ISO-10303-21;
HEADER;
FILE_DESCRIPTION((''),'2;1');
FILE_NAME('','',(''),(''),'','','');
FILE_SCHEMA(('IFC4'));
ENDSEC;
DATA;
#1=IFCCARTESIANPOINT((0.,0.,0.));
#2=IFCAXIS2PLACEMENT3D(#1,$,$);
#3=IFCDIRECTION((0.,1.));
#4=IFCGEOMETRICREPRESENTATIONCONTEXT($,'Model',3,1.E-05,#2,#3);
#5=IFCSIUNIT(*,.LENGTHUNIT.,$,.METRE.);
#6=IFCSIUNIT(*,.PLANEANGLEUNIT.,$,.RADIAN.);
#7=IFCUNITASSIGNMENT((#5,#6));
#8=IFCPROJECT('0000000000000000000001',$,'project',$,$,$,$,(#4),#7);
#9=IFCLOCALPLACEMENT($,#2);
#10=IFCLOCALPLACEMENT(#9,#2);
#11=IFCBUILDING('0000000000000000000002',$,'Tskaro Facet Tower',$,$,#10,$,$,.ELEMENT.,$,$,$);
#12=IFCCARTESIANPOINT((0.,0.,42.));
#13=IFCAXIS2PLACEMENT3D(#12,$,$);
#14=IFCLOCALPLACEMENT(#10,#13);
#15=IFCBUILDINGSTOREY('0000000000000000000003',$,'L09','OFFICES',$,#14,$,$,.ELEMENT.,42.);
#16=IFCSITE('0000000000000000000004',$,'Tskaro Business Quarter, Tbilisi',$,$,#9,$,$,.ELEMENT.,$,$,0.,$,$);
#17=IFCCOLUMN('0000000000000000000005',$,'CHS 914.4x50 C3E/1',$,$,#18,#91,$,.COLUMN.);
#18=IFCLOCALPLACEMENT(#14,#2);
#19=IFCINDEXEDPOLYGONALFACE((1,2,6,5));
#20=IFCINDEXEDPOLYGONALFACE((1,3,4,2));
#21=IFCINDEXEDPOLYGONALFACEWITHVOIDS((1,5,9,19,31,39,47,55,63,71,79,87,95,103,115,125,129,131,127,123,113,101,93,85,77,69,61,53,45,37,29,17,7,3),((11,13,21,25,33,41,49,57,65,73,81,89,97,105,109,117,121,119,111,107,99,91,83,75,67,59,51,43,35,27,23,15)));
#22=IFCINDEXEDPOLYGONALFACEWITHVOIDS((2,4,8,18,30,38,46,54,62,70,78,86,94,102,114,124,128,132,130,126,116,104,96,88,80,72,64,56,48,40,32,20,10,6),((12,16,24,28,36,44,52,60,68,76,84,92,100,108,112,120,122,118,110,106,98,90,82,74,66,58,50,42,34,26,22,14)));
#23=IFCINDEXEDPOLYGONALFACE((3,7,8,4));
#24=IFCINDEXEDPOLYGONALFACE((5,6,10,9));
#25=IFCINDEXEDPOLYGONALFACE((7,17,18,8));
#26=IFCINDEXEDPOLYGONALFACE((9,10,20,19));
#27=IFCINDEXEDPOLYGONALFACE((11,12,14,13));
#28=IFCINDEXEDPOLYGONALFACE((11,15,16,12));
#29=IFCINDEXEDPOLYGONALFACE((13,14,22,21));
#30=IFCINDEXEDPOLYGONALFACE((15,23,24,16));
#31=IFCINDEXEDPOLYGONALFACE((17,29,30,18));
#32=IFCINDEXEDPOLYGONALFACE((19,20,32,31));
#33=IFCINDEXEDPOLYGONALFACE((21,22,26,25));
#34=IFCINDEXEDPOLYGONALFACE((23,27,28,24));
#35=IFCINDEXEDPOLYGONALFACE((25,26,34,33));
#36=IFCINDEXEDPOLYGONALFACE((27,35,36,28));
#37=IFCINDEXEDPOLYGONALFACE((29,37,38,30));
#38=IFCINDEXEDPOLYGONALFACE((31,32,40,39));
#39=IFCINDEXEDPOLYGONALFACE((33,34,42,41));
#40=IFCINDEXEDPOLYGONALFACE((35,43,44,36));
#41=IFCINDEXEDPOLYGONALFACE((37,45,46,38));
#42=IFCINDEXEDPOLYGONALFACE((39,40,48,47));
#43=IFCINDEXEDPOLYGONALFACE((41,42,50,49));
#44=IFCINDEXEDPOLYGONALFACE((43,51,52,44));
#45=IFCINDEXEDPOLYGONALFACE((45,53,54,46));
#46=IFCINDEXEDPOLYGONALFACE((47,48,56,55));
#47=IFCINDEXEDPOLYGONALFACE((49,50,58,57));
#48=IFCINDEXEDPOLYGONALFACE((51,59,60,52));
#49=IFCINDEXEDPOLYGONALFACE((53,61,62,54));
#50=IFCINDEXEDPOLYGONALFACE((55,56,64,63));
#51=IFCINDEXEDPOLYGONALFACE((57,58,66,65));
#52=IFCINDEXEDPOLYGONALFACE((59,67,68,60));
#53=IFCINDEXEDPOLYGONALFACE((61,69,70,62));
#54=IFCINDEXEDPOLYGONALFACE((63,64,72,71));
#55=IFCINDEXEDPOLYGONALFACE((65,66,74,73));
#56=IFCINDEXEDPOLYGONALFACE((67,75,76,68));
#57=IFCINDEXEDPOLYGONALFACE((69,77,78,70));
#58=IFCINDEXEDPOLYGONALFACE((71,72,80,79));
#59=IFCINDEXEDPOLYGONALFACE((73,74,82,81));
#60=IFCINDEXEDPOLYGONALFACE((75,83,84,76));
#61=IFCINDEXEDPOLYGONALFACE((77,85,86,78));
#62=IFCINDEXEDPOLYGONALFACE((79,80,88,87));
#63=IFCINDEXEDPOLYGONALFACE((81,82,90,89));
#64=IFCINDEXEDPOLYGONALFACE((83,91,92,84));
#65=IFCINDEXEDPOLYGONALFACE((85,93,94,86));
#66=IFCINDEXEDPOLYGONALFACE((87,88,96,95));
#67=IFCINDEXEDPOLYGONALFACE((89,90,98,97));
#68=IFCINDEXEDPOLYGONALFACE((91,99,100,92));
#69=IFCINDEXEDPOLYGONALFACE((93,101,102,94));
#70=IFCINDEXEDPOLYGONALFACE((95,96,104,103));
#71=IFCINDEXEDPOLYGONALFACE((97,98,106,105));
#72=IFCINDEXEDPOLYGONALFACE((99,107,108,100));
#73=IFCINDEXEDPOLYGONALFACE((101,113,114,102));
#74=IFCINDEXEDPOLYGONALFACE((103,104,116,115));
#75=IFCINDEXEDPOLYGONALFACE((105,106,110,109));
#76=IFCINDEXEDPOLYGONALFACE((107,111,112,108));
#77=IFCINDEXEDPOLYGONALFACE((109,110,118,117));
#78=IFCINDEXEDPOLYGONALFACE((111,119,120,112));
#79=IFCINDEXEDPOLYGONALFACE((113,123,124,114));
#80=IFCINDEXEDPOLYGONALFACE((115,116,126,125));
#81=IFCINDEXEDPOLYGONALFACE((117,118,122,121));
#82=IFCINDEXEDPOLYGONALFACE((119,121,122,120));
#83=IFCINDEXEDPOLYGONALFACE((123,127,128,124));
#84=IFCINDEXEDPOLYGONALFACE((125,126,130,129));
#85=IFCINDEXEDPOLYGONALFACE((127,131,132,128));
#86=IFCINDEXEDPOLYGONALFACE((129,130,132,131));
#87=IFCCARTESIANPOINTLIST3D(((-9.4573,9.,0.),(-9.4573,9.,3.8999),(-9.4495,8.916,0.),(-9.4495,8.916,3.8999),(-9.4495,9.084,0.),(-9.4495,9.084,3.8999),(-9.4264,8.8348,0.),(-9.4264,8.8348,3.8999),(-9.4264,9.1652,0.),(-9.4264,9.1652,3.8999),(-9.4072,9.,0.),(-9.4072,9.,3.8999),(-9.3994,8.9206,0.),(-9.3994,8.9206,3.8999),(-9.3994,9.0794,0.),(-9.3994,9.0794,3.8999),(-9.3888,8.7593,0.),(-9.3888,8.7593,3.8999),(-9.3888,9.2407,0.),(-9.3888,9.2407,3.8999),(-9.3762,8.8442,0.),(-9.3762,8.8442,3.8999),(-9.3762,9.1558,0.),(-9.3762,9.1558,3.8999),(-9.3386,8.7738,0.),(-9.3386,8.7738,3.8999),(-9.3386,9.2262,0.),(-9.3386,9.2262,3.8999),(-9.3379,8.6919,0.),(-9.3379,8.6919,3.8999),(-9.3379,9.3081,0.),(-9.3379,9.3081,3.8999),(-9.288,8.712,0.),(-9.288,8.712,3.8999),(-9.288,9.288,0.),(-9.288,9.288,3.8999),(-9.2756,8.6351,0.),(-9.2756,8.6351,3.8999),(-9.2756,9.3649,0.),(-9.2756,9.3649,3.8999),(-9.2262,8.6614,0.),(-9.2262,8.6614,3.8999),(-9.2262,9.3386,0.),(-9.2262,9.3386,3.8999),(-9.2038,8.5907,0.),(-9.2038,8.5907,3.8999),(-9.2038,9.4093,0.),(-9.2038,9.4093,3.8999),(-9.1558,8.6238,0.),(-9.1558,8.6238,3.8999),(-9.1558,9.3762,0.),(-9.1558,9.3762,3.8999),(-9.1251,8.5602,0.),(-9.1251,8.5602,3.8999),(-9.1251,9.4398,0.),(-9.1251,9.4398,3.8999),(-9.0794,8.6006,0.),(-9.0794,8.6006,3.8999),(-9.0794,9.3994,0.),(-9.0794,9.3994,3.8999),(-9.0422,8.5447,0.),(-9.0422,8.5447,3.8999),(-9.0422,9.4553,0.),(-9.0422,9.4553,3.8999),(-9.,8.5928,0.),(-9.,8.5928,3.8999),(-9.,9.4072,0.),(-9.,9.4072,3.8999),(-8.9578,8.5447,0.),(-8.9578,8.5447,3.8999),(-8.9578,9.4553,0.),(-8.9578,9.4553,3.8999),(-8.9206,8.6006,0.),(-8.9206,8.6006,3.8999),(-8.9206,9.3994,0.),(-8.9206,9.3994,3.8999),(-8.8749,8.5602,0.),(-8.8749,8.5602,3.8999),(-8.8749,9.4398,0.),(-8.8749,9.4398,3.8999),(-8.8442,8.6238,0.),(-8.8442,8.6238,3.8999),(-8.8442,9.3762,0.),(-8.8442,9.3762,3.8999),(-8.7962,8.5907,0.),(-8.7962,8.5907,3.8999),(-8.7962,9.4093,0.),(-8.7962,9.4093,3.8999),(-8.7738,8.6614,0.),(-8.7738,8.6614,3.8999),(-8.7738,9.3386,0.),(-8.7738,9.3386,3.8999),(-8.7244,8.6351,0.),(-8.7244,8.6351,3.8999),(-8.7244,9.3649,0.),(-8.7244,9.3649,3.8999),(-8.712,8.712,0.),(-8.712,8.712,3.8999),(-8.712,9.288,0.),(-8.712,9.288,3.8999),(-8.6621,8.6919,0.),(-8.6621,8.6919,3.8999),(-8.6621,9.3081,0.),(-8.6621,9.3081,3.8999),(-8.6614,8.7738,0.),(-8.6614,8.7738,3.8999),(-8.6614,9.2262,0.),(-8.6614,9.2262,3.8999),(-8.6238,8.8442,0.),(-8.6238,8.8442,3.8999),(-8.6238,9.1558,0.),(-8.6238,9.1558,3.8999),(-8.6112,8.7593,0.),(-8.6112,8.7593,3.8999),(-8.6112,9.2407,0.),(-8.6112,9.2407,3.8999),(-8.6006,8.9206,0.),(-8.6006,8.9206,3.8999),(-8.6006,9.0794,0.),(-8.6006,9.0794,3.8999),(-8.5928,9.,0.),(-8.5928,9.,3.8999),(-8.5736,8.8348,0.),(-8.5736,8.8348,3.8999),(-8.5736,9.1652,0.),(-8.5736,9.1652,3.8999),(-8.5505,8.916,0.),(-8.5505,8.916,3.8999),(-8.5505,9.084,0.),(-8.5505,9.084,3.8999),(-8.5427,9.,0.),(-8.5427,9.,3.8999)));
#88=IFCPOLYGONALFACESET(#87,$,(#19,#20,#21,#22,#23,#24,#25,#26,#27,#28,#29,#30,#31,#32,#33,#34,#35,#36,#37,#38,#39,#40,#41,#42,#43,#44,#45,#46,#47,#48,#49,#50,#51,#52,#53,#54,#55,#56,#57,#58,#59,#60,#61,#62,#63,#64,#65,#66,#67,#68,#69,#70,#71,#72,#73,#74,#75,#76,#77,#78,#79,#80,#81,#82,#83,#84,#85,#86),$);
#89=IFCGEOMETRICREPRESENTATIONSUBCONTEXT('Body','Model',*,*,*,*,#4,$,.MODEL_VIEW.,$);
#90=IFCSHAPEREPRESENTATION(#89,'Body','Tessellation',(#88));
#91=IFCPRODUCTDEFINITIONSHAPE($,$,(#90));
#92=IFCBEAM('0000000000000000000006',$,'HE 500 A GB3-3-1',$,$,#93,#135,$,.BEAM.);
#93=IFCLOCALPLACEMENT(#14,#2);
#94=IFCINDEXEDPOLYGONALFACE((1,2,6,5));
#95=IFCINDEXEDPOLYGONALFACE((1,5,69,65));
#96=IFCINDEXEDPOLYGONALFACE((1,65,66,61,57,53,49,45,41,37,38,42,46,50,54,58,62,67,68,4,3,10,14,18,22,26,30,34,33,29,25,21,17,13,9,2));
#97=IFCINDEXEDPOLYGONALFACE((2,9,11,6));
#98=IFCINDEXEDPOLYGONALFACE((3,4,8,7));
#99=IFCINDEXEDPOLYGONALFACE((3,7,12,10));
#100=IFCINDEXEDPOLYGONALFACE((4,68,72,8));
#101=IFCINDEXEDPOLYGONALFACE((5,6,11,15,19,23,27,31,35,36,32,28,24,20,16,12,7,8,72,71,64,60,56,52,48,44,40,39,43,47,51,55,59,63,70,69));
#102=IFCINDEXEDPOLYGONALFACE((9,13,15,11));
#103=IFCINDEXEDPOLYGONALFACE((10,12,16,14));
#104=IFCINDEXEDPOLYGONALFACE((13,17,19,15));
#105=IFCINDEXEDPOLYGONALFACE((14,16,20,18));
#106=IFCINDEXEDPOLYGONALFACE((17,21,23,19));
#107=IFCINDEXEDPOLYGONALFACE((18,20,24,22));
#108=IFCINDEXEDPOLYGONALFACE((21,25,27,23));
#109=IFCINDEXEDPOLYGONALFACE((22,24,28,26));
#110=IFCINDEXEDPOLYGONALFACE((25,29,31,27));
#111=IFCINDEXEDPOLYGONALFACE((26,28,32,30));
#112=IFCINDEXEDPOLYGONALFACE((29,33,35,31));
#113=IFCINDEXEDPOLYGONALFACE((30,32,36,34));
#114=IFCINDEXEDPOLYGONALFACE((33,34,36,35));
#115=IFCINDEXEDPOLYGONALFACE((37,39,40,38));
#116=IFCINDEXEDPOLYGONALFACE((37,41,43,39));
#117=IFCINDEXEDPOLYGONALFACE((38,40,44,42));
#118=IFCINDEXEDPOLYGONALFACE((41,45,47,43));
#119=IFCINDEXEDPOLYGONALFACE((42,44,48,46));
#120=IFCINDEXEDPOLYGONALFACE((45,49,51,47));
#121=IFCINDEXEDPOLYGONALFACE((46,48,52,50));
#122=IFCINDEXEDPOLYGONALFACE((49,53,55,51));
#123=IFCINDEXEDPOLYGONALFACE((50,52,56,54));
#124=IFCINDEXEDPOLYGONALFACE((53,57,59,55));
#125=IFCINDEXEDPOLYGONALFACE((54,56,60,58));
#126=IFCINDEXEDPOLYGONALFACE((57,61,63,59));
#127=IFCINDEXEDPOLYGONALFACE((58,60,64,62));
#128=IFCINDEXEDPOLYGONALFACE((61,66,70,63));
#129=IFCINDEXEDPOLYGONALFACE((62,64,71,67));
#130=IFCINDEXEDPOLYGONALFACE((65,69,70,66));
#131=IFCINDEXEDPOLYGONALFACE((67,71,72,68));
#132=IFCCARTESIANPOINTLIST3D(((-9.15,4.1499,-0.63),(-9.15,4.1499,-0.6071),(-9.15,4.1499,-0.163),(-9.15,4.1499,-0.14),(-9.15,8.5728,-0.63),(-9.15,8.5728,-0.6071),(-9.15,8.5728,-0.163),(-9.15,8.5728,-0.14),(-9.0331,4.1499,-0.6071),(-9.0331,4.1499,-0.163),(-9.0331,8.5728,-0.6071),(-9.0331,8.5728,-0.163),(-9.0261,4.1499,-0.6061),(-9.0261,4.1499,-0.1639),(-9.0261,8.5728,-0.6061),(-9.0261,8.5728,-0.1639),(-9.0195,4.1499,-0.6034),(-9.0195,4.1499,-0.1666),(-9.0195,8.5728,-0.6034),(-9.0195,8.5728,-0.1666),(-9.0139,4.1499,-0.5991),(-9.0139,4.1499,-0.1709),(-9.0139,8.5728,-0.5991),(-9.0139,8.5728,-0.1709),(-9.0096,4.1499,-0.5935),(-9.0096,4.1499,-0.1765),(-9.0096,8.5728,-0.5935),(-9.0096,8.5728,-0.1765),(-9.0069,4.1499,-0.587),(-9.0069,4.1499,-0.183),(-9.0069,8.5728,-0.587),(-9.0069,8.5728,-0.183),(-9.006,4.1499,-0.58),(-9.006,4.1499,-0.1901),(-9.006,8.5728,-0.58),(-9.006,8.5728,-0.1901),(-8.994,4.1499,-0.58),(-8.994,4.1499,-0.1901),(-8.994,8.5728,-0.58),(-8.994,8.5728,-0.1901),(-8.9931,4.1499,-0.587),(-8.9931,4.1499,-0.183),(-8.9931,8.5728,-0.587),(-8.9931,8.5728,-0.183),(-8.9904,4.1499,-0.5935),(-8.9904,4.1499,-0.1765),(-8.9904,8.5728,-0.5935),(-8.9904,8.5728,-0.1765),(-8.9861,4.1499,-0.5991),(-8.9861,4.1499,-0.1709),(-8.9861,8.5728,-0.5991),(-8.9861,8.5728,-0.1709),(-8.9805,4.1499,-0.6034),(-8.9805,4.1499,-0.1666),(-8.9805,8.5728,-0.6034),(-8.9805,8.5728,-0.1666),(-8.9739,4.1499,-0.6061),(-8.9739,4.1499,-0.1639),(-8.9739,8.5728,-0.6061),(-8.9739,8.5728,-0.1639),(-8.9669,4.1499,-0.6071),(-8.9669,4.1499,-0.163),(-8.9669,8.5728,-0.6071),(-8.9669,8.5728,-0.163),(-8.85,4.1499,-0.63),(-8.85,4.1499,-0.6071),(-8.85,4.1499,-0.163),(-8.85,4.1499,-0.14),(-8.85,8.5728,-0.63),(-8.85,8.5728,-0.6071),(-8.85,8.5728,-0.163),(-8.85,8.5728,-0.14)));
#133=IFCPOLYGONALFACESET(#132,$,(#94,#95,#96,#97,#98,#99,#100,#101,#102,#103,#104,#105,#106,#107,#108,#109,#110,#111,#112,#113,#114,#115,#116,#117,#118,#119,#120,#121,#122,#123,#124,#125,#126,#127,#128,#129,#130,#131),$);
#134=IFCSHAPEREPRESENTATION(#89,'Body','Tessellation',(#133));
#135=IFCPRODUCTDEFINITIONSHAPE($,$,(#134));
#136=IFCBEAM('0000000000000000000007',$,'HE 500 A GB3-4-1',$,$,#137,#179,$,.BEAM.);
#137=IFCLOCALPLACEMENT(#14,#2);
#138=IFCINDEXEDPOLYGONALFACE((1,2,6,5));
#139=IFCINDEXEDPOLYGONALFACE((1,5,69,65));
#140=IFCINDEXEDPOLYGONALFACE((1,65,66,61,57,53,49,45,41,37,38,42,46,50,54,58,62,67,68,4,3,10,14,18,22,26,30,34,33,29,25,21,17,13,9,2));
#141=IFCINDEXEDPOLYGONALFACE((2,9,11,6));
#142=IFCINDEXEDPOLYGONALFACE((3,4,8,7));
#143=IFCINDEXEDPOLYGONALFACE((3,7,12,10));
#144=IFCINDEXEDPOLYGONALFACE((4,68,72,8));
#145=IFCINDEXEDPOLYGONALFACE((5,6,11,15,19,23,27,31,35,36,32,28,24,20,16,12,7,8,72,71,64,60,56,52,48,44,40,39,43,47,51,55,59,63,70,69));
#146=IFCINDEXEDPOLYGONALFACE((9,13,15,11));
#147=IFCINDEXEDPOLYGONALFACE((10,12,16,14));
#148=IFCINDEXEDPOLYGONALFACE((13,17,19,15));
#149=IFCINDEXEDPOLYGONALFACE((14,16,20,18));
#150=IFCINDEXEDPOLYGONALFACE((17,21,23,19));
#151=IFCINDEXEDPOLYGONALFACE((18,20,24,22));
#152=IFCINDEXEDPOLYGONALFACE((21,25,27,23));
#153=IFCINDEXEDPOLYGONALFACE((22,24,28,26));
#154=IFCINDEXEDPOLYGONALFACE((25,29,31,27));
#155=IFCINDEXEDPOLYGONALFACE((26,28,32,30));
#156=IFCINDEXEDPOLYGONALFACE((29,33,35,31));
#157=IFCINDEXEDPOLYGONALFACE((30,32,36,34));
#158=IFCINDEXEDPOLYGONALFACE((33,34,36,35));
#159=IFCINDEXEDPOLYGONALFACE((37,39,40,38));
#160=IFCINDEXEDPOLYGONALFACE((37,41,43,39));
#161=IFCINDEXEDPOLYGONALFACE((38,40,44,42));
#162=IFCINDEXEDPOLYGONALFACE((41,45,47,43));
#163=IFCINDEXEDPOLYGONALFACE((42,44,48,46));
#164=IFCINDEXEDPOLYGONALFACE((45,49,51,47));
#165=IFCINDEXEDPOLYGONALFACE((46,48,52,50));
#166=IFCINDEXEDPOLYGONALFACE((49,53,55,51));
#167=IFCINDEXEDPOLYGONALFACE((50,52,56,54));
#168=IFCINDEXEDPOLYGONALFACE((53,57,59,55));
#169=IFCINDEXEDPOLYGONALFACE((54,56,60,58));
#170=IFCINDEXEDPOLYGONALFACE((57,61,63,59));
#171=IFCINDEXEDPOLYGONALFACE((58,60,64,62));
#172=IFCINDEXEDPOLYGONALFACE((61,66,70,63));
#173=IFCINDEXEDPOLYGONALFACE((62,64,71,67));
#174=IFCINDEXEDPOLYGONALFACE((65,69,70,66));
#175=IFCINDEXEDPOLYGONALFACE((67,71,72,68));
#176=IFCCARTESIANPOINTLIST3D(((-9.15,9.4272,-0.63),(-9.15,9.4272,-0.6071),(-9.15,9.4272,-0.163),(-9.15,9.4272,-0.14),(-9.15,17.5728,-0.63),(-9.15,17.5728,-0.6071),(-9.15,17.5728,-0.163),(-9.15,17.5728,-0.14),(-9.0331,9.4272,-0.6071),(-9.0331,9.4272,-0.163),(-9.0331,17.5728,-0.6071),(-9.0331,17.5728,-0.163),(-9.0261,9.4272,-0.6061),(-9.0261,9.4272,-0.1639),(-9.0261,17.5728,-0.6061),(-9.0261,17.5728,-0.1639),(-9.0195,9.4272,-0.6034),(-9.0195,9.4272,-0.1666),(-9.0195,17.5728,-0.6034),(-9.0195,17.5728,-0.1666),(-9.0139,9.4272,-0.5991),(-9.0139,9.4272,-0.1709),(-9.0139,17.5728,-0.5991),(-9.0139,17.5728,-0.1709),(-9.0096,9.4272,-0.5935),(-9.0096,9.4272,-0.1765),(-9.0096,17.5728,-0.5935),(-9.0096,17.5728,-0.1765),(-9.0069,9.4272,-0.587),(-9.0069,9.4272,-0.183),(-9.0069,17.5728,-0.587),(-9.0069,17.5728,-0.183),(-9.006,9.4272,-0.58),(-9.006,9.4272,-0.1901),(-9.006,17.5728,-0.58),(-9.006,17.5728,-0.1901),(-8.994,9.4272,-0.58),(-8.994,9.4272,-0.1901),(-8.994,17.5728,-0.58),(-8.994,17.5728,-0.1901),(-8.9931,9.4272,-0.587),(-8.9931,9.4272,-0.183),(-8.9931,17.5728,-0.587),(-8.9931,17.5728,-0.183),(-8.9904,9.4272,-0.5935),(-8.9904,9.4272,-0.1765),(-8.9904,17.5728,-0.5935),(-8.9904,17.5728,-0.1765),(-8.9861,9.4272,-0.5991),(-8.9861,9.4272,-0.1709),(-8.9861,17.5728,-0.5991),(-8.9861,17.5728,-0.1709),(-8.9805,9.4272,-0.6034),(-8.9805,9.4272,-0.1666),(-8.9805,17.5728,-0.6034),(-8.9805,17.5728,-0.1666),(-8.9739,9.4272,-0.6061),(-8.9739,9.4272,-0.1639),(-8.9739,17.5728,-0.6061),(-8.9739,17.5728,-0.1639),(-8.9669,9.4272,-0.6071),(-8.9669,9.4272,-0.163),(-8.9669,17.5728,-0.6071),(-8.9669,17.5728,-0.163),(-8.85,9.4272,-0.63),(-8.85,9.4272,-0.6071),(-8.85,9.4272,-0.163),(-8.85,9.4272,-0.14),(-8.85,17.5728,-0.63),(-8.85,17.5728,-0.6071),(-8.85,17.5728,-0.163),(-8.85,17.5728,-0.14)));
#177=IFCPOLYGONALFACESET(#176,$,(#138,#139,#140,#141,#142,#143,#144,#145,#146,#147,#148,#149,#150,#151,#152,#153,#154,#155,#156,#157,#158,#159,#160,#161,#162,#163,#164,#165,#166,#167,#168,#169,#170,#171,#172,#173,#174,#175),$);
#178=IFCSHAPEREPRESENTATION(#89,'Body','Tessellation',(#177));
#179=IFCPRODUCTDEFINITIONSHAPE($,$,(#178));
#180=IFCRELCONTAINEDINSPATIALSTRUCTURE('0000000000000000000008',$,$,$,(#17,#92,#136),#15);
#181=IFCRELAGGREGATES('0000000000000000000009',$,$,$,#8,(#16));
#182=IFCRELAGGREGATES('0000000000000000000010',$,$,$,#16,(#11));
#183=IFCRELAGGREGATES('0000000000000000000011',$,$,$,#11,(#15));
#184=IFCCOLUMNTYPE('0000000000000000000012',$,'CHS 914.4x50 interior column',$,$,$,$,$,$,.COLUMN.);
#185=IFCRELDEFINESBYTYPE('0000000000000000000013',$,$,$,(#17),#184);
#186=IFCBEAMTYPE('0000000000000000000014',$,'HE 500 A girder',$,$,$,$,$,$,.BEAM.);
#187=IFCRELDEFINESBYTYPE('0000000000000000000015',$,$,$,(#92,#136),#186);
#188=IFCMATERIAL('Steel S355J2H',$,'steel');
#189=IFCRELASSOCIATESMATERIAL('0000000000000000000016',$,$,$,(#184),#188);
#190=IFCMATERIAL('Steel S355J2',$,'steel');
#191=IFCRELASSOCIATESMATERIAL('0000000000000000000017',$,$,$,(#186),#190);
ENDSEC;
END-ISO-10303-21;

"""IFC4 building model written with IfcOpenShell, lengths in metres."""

from ifc_helpers import new_model, si_unit, direction, frame, origin, origin_2d, place, context, subcontext, project, spatial, hollow_circle, i_section, extrude, material, material_profile, profile_set, type_object, element, save


model = new_model("IFC4")

# Units and contexts
model_context = context("Model", 3, precision=1e-05, world=origin(), true_north=direction((0.0, 1.0)))
body_context = subcontext(model_context, "Body", "Model", "MODEL_VIEW")
ifc_project = project(units=[si_unit("LENGTHUNIT", "METRE"), si_unit("PLANEANGLEUNIT", "RADIAN")], contexts=[model_context])

# Site, building, storey
site_placement = place(None, origin())
site = spatial("IfcSite", under=ifc_project, at=site_placement, Name="Tskaro Business Quarter, Tbilisi", CompositionType="ELEMENT", RefElevation=0.0)
building_placement = place(site_placement, origin())
building = spatial("IfcBuilding", under=site, at=building_placement, Name="Tskaro Facet Tower", CompositionType="ELEMENT")
storey_placement = place(building_placement, frame((0.0, 0.0, 42.0)))
storey = spatial("IfcBuildingStorey", under=building, at=storey_placement, Name="L09", Description="OFFICES", CompositionType="ELEMENT", Elevation=42.0)

# Column
ifc_material_1 = material(Name="Steel S355J2H", Category="steel")
ifc_material_profile_1 = material_profile(ifc_material_1, hollow_circle(Radius=0.4573, WallThickness=0.05, at=origin_2d()), Name="CHS 914.4x50")
ifc_profile_set_1 = profile_set([ifc_material_profile_1], Name="Steel S355J2H")
column_type = type_object("IfcColumnType", Name="CHS 914.4x50 interior column", PredefinedType="COLUMN", material=ifc_profile_set_1)
column_placement = place(storey_placement, frame((-9.0, 9.0, 0.0), z_axis=(0.0, 0.0, 1.0), x_axis=(1.0, 0.0, 0.0)))
element("IfcColumn", 1, at=column_placement, inside=storey, type_object=column_type, Name="CHS 914.4x50 C3E/1", PredefinedType="COLUMN", context=body_context, shape_type="SweptSolid", body=[
    extrude(hollow_circle(Radius=0.4573, WallThickness=0.05, at=origin_2d()), origin(), (0.0, 0.0, 1.0), 3.8999),
])

# Beams
ifc_material_2 = material(Name="Steel S355J2", Category="steel")
ifc_material_profile_2 = material_profile(ifc_material_2, i_section(OverallWidth=0.3, OverallDepth=0.49, WebThickness=0.012, FlangeThickness=0.0229, FilletRadius=0.0271, at=origin_2d()), Name="HE 500 A")
ifc_profile_set_2 = profile_set([ifc_material_profile_2], Name="Steel S355J2")
beam_type_1 = type_object("IfcBeamType", Name="HE 500 A girder", PredefinedType="BEAM", material=ifc_profile_set_2)
beam_1_placement = place(storey_placement, frame((-9.0, 4.1499, -0.385), z_axis=(0.0, 1.0, 0.0), x_axis=(-1.0, 0.0, 0.0)))
element("IfcBeam", 2, at=beam_1_placement, inside=storey, type_object=beam_type_1, Name="HE 500 A GB3-3-1", PredefinedType="BEAM", context=body_context, shape_type="SweptSolid", body=[
    extrude(i_section(OverallWidth=0.3, OverallDepth=0.49, WebThickness=0.012, FlangeThickness=0.0229, FilletRadius=0.0271, at=origin_2d()), origin(), (0.0, 0.0, 1.0), 4.4229),
])
beam_2_placement = place(storey_placement, frame((-9.0, 9.4272, -0.385), z_axis=(0.0, 1.0, 0.0), x_axis=(-1.0, 0.0, 0.0)))
element("IfcBeam", 3, at=beam_2_placement, inside=storey, type_object=beam_type_1, Name="HE 500 A GB3-4-1", PredefinedType="BEAM", context=body_context, shape_type="SweptSolid", body=[
    extrude(i_section(OverallWidth=0.3, OverallDepth=0.49, WebThickness=0.012, FlangeThickness=0.0229, FilletRadius=0.0271, at=origin_2d()), origin(), (0.0, 0.0, 1.0), 8.1455),
])

save(model, "model.ifc")
